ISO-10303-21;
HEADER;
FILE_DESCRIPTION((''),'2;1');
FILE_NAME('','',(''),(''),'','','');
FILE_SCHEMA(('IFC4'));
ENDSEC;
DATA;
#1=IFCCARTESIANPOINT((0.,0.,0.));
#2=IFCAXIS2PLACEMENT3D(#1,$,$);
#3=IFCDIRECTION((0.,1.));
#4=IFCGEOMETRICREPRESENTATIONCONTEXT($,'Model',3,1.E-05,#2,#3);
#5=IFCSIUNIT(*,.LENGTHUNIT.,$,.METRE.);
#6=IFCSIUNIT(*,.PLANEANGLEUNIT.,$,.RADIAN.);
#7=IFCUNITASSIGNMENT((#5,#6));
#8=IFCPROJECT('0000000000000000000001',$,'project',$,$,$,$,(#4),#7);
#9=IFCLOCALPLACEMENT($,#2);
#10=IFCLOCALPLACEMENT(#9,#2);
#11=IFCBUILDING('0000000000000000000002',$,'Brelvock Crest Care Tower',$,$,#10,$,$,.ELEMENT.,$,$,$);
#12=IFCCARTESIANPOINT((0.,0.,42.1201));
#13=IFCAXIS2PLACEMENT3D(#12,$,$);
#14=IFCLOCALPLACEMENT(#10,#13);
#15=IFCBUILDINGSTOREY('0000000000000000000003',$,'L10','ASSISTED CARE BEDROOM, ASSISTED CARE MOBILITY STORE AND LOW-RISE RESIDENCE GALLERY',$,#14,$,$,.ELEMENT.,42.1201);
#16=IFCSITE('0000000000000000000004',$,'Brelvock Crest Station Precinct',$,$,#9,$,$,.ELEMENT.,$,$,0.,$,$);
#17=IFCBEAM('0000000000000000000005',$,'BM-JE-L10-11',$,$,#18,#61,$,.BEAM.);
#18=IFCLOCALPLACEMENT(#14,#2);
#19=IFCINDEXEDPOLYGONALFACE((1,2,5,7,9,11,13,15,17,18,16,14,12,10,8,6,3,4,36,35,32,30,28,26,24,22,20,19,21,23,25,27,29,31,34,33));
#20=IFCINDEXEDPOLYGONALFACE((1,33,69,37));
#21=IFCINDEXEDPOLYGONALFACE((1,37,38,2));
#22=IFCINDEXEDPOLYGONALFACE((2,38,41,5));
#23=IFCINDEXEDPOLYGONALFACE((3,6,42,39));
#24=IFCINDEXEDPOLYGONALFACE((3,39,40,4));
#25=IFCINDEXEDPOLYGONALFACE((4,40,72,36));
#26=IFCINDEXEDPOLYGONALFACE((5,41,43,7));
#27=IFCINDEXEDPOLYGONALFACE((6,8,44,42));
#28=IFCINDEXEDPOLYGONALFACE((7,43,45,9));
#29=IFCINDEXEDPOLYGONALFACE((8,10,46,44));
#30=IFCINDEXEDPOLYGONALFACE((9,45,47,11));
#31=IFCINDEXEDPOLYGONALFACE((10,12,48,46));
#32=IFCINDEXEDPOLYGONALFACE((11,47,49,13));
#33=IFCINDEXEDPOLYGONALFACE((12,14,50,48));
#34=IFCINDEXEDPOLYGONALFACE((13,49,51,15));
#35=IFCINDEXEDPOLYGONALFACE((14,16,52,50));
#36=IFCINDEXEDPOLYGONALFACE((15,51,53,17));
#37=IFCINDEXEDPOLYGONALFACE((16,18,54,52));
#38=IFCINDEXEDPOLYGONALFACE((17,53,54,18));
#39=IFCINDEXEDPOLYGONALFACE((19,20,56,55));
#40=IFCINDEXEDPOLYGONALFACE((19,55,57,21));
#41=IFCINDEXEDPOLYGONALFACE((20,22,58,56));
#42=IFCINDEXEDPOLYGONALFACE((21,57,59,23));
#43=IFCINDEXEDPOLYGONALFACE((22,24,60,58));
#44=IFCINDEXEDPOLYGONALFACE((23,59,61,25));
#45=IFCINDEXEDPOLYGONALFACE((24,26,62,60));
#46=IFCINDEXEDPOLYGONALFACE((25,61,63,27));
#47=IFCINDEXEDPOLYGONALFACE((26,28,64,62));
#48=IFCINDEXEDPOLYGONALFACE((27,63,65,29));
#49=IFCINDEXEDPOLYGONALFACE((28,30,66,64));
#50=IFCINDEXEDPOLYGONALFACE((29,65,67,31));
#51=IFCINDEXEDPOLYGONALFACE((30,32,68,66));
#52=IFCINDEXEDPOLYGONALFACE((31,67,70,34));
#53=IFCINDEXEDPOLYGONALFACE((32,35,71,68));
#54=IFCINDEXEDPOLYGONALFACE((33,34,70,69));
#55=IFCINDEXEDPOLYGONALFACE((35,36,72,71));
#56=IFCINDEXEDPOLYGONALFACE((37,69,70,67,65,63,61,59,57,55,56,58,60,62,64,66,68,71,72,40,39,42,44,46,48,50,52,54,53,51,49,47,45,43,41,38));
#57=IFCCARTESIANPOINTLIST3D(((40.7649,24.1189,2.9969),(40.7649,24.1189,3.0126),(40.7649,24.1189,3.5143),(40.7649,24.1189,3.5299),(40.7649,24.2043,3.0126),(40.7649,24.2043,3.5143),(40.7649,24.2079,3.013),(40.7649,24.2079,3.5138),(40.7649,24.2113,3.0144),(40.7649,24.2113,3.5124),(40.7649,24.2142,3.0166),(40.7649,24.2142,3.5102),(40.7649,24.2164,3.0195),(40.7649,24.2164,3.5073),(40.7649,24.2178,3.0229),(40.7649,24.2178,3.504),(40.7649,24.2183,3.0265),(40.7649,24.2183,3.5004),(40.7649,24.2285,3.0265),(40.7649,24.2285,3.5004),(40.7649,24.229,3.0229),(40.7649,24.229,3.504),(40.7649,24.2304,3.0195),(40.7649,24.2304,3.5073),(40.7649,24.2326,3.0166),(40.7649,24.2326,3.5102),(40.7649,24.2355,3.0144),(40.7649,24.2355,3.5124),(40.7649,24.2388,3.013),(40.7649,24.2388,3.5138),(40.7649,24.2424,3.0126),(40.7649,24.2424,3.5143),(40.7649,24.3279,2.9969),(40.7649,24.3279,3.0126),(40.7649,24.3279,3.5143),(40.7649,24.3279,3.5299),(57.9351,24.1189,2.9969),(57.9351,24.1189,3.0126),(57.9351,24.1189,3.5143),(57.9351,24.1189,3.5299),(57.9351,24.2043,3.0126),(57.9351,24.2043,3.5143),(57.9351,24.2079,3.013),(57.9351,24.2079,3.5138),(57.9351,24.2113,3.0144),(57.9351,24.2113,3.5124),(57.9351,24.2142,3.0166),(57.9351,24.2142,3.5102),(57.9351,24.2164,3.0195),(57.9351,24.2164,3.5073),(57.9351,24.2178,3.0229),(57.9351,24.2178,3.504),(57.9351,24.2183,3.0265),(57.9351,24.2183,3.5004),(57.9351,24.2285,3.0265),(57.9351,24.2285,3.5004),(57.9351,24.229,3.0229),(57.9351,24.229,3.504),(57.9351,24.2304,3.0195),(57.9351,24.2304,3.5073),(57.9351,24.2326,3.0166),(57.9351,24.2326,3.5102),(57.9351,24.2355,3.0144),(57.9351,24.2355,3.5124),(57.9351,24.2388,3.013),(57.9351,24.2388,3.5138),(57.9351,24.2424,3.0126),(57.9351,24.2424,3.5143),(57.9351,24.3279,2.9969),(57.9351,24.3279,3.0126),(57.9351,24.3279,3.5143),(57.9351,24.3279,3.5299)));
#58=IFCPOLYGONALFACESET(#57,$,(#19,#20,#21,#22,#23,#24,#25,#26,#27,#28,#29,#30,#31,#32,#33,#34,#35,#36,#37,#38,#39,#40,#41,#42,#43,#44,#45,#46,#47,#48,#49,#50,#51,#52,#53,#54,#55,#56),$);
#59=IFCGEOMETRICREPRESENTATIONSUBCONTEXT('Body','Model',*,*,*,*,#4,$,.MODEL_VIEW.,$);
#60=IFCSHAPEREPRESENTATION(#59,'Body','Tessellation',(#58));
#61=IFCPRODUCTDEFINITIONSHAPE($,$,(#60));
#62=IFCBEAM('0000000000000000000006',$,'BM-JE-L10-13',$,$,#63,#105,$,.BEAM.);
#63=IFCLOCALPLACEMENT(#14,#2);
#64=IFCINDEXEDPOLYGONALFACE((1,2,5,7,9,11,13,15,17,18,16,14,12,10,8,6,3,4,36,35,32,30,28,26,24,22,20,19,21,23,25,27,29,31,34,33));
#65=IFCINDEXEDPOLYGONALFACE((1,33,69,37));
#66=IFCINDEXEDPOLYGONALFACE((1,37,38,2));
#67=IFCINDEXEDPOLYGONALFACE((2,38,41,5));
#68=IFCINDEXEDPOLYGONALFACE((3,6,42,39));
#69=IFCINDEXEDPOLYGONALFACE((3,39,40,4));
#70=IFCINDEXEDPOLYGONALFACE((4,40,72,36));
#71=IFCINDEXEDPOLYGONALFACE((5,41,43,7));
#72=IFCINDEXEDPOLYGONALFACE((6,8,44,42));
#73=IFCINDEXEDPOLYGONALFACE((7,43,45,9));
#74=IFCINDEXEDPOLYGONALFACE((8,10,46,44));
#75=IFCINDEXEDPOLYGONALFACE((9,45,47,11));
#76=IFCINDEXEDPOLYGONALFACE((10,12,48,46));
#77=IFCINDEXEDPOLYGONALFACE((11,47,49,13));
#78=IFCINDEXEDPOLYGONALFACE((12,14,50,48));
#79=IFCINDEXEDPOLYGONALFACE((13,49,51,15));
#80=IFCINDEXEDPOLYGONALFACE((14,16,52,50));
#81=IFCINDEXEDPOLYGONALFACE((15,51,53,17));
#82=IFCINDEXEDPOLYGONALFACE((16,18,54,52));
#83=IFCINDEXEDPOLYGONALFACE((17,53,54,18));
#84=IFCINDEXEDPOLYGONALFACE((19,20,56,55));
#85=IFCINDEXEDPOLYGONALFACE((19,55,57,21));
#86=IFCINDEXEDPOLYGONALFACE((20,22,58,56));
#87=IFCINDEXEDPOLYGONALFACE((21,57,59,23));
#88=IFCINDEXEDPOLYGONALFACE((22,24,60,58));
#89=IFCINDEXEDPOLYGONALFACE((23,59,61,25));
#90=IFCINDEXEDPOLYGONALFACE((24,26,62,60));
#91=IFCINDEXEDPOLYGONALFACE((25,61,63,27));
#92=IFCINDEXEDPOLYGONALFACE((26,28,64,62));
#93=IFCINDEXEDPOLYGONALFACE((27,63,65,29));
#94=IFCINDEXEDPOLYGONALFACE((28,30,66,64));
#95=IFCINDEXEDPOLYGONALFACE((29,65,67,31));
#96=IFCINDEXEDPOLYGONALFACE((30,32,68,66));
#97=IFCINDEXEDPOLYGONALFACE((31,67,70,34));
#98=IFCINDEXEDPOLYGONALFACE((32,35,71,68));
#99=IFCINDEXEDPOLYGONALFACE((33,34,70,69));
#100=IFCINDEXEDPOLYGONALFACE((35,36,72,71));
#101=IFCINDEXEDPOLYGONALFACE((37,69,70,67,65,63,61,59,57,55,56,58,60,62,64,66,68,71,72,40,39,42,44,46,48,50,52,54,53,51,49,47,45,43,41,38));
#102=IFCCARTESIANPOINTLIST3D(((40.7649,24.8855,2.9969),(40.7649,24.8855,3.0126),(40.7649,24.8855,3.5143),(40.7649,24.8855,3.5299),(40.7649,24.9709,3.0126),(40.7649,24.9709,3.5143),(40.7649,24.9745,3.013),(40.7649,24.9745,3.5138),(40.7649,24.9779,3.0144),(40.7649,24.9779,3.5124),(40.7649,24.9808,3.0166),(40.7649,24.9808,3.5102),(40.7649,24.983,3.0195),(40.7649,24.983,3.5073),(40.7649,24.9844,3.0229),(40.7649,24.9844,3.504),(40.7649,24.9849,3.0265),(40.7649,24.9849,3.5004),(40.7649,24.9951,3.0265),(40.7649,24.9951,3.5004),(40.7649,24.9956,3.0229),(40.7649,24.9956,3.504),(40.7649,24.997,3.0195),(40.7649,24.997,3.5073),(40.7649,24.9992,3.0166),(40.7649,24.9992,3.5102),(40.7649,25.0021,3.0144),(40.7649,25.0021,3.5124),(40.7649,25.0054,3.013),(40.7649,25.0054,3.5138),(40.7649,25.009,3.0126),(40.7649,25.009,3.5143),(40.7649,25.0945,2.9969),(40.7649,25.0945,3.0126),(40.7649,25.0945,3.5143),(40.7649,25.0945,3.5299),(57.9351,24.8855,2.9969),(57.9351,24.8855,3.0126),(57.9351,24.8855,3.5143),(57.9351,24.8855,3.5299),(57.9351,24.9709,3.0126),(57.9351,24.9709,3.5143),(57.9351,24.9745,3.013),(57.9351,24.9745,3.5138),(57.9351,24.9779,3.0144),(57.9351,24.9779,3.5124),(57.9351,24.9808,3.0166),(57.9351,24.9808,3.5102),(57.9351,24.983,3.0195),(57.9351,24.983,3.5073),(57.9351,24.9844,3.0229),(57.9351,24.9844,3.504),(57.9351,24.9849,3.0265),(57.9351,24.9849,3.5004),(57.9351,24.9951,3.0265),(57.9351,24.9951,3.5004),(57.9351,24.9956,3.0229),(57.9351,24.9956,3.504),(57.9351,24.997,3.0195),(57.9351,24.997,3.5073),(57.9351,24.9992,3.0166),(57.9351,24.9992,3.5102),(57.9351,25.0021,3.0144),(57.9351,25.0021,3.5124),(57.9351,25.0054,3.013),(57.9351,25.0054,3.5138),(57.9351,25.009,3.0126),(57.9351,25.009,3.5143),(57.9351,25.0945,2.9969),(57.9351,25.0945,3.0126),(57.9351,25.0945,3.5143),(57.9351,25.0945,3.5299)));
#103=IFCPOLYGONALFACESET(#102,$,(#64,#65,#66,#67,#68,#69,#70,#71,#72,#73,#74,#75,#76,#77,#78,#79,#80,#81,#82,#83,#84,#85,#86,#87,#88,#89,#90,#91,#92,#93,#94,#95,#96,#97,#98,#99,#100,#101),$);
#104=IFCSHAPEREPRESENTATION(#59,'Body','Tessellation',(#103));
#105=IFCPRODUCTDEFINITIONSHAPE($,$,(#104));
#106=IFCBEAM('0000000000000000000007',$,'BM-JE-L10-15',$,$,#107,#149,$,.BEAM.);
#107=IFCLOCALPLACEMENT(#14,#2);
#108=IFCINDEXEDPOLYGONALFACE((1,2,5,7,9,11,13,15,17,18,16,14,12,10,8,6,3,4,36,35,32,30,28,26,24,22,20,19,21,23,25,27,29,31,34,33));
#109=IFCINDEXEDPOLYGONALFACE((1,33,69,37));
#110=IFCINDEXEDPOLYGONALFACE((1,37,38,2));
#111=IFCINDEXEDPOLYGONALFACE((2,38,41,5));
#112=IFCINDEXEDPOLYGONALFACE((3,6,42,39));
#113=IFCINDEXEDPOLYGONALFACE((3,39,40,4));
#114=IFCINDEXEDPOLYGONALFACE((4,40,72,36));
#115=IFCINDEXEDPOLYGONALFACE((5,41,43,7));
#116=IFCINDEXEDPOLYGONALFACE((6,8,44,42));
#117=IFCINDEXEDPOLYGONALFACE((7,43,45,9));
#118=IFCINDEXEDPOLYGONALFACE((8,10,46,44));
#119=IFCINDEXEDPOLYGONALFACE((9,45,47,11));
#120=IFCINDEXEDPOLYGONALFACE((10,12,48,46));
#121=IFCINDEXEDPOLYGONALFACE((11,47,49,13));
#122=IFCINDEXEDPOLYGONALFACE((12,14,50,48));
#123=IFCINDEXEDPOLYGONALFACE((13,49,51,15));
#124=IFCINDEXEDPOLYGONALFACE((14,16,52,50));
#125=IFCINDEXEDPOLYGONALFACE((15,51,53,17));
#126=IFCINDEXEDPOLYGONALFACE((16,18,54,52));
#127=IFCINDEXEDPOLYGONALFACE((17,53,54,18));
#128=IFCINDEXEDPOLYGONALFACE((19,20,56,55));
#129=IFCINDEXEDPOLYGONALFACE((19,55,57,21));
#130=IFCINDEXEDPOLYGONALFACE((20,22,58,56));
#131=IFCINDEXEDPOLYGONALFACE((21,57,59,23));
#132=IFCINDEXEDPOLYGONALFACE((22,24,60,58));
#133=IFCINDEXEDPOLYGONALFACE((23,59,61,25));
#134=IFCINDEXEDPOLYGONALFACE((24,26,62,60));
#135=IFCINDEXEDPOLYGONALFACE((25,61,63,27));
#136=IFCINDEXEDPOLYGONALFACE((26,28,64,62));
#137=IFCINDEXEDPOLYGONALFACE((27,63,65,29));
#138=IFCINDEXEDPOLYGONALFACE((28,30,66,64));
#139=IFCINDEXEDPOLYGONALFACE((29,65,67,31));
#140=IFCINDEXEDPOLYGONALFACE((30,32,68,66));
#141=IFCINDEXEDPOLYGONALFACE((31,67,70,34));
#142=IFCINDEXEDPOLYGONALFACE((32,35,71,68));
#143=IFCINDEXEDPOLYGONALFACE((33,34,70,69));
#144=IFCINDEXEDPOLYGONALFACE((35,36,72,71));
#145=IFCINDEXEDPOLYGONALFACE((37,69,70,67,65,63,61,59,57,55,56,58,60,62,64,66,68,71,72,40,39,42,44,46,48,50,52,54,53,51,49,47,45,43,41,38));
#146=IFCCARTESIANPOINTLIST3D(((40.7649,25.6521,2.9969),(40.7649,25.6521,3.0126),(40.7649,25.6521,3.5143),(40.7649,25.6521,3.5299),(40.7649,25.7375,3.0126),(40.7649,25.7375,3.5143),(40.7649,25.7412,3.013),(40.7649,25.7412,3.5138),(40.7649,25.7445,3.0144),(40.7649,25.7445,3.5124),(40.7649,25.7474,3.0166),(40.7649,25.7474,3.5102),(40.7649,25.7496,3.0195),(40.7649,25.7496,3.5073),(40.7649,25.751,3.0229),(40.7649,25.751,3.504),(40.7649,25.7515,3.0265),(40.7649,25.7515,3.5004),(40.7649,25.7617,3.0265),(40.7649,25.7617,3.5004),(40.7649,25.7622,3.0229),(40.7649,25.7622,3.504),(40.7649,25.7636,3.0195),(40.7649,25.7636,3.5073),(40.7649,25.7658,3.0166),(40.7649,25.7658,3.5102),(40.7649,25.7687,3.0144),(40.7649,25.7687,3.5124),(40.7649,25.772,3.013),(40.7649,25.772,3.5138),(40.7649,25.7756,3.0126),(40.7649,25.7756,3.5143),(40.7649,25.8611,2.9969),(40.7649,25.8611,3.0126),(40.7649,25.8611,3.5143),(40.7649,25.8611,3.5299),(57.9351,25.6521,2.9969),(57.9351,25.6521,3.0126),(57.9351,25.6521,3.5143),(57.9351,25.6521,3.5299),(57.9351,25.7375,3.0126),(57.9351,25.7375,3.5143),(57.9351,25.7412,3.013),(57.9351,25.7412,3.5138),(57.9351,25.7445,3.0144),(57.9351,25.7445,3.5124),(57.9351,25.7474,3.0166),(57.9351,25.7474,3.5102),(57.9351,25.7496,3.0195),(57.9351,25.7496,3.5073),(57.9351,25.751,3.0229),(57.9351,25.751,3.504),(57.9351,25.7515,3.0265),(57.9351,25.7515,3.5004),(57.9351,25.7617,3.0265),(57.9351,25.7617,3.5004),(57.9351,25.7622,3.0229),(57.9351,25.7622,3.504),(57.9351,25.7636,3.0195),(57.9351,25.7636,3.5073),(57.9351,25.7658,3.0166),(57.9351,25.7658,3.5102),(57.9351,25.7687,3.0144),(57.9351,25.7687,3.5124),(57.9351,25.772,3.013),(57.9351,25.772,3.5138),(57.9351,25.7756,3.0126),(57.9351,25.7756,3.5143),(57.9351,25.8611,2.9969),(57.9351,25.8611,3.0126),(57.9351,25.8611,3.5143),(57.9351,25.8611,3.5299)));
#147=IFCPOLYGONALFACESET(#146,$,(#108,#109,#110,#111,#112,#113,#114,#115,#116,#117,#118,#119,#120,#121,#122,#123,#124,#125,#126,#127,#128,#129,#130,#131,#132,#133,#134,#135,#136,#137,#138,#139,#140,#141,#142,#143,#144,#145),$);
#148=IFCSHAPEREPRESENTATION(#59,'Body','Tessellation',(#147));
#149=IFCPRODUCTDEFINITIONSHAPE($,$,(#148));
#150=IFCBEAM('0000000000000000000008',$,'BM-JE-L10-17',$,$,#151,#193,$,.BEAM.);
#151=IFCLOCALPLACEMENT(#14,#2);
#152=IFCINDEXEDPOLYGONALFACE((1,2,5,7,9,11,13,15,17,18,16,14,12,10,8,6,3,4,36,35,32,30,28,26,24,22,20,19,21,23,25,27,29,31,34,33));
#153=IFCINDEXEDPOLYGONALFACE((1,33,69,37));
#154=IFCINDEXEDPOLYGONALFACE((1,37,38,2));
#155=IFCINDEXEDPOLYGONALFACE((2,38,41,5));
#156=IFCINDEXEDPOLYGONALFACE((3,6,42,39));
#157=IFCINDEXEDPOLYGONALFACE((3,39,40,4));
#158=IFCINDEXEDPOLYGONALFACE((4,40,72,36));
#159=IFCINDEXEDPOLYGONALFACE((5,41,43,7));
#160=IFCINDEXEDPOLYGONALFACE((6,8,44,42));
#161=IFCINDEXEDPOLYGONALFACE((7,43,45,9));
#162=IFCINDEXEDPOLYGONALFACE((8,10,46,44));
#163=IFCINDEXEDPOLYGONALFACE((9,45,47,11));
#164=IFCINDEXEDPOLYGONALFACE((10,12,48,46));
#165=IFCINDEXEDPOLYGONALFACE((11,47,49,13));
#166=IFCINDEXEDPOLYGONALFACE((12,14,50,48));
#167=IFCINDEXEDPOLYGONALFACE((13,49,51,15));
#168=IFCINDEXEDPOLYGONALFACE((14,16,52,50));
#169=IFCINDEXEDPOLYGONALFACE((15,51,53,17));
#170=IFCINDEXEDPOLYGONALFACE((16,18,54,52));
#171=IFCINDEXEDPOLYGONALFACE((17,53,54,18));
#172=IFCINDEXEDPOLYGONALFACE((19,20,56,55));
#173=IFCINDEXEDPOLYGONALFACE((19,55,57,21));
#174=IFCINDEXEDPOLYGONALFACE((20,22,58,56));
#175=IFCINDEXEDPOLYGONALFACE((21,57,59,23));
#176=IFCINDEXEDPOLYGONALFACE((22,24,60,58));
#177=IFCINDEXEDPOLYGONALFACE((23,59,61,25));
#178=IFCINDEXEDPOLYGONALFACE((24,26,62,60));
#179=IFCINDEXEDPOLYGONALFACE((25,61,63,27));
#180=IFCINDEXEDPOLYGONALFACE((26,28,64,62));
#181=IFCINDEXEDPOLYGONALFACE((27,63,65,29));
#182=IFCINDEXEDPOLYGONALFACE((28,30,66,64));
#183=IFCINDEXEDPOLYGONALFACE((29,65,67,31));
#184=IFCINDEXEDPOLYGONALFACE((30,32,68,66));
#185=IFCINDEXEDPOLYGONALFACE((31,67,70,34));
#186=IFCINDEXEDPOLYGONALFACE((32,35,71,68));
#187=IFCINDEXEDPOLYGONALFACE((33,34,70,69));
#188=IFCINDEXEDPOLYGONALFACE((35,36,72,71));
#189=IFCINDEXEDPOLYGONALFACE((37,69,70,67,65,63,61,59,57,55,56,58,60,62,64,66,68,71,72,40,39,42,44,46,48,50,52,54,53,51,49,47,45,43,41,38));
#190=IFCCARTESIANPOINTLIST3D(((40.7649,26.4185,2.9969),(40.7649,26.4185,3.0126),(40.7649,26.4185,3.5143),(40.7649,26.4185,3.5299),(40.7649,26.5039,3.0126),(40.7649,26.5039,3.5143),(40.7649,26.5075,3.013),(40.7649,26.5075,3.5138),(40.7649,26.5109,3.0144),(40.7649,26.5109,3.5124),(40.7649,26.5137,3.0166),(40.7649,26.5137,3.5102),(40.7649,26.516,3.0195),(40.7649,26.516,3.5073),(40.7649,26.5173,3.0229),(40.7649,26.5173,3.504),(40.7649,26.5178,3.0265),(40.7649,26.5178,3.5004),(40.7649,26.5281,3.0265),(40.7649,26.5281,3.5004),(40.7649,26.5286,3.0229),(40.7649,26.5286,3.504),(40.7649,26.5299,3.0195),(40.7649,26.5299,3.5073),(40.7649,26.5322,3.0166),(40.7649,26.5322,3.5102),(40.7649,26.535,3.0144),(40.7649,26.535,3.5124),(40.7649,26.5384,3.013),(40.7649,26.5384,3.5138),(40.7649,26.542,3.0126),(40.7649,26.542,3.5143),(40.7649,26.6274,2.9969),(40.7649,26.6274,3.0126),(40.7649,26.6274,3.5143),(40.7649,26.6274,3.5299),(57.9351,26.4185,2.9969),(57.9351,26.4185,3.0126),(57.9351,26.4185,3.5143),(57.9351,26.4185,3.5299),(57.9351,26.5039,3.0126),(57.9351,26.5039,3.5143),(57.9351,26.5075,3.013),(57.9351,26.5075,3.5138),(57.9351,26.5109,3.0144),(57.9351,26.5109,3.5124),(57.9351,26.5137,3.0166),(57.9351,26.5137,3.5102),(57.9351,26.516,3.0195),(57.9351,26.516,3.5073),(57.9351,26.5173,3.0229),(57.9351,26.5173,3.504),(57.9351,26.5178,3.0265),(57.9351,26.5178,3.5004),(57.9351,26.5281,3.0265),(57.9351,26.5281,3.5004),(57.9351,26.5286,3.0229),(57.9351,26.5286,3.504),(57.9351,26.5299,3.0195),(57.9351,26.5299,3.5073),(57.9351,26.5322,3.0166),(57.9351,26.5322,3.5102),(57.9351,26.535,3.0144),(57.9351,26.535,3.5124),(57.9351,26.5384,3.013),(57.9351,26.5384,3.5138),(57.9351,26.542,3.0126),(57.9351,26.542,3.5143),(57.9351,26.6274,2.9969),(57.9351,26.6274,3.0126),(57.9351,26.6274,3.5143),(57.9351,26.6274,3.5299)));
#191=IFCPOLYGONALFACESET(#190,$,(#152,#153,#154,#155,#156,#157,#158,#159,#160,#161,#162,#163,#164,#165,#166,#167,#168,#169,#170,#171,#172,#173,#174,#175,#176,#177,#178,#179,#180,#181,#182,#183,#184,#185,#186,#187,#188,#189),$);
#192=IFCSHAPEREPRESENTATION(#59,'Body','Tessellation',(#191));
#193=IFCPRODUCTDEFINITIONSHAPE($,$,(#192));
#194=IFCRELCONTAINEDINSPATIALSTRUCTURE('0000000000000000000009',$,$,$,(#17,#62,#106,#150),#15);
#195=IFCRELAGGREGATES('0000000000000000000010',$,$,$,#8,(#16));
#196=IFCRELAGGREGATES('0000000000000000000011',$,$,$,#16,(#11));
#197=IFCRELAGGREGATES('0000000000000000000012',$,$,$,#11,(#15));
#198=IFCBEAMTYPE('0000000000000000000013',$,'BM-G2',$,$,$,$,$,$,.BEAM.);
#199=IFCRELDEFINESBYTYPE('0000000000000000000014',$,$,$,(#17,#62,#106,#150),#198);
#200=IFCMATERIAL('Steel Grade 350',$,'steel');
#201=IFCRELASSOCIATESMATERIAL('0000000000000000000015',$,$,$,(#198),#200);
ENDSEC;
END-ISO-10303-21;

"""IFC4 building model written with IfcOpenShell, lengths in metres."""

from ifc_helpers import new_model, si_unit, direction, frame, origin, origin_2d, place, context, subcontext, project, spatial, i_section, extrude, source, transform, mapped, material, material_profile, profile_set, type_object, element, save


model = new_model("IFC4")

# Units and contexts
model_context = context("Model", 3, precision=1e-05, world=origin(), true_north=direction((0.0, 1.0)))
body_context = subcontext(model_context, "Body", "Model", "MODEL_VIEW")
ifc_project = project(units=[si_unit("LENGTHUNIT", "METRE"), si_unit("PLANEANGLEUNIT", "RADIAN")], contexts=[model_context])

# Site, building, storey
site_placement = place(None, origin())
site = spatial("IfcSite", under=ifc_project, at=site_placement, Name="Brelvock Crest Station Precinct", CompositionType="ELEMENT", RefElevation=0.0)
building_placement = place(site_placement, origin())
building = spatial("IfcBuilding", under=site, at=building_placement, Name="Brelvock Crest Care Tower", CompositionType="ELEMENT")
storey_placement = place(building_placement, frame((0.0, 0.0, 42.1201)))
storey = spatial("IfcBuildingStorey", under=building, at=storey_placement, Name="L10", Description="ASSISTED CARE BEDROOM, ASSISTED CARE MOBILITY STORE AND LOW-RISE RESIDENCE GALLERY", CompositionType="ELEMENT", Elevation=42.1201)

# Beams
ifc_material_1 = material(Name="Steel Grade 350", Category="steel")
ifc_material_profile_1 = material_profile(ifc_material_1, i_section(OverallWidth=0.209, OverallDepth=0.533, WebThickness=0.0103, FlangeThickness=0.0156, FilletRadius=0.0139, at=origin_2d()), Name="530UB92.4")
ifc_profile_set_1 = profile_set([ifc_material_profile_1], Name="Steel Grade 350")
beam_type_1 = type_object("IfcBeamType", Name="BM-G2", PredefinedType="BEAM", material=ifc_profile_set_1)
shared_shape_1 = source(origin(), body_context, "Body", "SweptSolid", [
    extrude(i_section(OverallWidth=0.209, OverallDepth=0.533, WebThickness=0.0103, FlangeThickness=0.0156, FilletRadius=0.0139, at=origin_2d()), origin(), (0.0, 0.0, 1.0), 17.1702),
])
for number, where, z_axis, x_axis, name in (
    (1, (40.7649, 24.2234, 3.2634), (1.0, 0.0, 0.0), (0.0, 1.0, 0.0), "BM-JE-L10-11"),
    (2, (40.7649, 24.99, 3.2634), (1.0, 0.0, 0.0), (0.0, 1.0, 0.0), "BM-JE-L10-13"),
    (3, (40.7649, 25.7566, 3.2634), (1.0, 0.0, 0.0), (0.0, 1.0, 0.0), "BM-JE-L10-15"),
    (4, (40.7649, 26.5229, 3.2634), (1.0, 0.0, 0.0), (0.0, 1.0, 0.0), "BM-JE-L10-17"),
):
    element("IfcBeam", number, at=place(storey_placement, frame(where, z_axis=z_axis, x_axis=x_axis)), inside=storey, type_object=beam_type_1, Name=name, PredefinedType="BEAM", context=body_context, shape_type="MappedRepresentation", body=[
        mapped(shared_shape_1, transform((0.0, 0.0, 0.0), x_axis=(1.0, 0.0, 0.0), y_axis=(0.0, 1.0, 0.0), z_axis=(0.0, 0.0, 1.0), scale=1.0)),
    ])

save(model, "model.ifc")
